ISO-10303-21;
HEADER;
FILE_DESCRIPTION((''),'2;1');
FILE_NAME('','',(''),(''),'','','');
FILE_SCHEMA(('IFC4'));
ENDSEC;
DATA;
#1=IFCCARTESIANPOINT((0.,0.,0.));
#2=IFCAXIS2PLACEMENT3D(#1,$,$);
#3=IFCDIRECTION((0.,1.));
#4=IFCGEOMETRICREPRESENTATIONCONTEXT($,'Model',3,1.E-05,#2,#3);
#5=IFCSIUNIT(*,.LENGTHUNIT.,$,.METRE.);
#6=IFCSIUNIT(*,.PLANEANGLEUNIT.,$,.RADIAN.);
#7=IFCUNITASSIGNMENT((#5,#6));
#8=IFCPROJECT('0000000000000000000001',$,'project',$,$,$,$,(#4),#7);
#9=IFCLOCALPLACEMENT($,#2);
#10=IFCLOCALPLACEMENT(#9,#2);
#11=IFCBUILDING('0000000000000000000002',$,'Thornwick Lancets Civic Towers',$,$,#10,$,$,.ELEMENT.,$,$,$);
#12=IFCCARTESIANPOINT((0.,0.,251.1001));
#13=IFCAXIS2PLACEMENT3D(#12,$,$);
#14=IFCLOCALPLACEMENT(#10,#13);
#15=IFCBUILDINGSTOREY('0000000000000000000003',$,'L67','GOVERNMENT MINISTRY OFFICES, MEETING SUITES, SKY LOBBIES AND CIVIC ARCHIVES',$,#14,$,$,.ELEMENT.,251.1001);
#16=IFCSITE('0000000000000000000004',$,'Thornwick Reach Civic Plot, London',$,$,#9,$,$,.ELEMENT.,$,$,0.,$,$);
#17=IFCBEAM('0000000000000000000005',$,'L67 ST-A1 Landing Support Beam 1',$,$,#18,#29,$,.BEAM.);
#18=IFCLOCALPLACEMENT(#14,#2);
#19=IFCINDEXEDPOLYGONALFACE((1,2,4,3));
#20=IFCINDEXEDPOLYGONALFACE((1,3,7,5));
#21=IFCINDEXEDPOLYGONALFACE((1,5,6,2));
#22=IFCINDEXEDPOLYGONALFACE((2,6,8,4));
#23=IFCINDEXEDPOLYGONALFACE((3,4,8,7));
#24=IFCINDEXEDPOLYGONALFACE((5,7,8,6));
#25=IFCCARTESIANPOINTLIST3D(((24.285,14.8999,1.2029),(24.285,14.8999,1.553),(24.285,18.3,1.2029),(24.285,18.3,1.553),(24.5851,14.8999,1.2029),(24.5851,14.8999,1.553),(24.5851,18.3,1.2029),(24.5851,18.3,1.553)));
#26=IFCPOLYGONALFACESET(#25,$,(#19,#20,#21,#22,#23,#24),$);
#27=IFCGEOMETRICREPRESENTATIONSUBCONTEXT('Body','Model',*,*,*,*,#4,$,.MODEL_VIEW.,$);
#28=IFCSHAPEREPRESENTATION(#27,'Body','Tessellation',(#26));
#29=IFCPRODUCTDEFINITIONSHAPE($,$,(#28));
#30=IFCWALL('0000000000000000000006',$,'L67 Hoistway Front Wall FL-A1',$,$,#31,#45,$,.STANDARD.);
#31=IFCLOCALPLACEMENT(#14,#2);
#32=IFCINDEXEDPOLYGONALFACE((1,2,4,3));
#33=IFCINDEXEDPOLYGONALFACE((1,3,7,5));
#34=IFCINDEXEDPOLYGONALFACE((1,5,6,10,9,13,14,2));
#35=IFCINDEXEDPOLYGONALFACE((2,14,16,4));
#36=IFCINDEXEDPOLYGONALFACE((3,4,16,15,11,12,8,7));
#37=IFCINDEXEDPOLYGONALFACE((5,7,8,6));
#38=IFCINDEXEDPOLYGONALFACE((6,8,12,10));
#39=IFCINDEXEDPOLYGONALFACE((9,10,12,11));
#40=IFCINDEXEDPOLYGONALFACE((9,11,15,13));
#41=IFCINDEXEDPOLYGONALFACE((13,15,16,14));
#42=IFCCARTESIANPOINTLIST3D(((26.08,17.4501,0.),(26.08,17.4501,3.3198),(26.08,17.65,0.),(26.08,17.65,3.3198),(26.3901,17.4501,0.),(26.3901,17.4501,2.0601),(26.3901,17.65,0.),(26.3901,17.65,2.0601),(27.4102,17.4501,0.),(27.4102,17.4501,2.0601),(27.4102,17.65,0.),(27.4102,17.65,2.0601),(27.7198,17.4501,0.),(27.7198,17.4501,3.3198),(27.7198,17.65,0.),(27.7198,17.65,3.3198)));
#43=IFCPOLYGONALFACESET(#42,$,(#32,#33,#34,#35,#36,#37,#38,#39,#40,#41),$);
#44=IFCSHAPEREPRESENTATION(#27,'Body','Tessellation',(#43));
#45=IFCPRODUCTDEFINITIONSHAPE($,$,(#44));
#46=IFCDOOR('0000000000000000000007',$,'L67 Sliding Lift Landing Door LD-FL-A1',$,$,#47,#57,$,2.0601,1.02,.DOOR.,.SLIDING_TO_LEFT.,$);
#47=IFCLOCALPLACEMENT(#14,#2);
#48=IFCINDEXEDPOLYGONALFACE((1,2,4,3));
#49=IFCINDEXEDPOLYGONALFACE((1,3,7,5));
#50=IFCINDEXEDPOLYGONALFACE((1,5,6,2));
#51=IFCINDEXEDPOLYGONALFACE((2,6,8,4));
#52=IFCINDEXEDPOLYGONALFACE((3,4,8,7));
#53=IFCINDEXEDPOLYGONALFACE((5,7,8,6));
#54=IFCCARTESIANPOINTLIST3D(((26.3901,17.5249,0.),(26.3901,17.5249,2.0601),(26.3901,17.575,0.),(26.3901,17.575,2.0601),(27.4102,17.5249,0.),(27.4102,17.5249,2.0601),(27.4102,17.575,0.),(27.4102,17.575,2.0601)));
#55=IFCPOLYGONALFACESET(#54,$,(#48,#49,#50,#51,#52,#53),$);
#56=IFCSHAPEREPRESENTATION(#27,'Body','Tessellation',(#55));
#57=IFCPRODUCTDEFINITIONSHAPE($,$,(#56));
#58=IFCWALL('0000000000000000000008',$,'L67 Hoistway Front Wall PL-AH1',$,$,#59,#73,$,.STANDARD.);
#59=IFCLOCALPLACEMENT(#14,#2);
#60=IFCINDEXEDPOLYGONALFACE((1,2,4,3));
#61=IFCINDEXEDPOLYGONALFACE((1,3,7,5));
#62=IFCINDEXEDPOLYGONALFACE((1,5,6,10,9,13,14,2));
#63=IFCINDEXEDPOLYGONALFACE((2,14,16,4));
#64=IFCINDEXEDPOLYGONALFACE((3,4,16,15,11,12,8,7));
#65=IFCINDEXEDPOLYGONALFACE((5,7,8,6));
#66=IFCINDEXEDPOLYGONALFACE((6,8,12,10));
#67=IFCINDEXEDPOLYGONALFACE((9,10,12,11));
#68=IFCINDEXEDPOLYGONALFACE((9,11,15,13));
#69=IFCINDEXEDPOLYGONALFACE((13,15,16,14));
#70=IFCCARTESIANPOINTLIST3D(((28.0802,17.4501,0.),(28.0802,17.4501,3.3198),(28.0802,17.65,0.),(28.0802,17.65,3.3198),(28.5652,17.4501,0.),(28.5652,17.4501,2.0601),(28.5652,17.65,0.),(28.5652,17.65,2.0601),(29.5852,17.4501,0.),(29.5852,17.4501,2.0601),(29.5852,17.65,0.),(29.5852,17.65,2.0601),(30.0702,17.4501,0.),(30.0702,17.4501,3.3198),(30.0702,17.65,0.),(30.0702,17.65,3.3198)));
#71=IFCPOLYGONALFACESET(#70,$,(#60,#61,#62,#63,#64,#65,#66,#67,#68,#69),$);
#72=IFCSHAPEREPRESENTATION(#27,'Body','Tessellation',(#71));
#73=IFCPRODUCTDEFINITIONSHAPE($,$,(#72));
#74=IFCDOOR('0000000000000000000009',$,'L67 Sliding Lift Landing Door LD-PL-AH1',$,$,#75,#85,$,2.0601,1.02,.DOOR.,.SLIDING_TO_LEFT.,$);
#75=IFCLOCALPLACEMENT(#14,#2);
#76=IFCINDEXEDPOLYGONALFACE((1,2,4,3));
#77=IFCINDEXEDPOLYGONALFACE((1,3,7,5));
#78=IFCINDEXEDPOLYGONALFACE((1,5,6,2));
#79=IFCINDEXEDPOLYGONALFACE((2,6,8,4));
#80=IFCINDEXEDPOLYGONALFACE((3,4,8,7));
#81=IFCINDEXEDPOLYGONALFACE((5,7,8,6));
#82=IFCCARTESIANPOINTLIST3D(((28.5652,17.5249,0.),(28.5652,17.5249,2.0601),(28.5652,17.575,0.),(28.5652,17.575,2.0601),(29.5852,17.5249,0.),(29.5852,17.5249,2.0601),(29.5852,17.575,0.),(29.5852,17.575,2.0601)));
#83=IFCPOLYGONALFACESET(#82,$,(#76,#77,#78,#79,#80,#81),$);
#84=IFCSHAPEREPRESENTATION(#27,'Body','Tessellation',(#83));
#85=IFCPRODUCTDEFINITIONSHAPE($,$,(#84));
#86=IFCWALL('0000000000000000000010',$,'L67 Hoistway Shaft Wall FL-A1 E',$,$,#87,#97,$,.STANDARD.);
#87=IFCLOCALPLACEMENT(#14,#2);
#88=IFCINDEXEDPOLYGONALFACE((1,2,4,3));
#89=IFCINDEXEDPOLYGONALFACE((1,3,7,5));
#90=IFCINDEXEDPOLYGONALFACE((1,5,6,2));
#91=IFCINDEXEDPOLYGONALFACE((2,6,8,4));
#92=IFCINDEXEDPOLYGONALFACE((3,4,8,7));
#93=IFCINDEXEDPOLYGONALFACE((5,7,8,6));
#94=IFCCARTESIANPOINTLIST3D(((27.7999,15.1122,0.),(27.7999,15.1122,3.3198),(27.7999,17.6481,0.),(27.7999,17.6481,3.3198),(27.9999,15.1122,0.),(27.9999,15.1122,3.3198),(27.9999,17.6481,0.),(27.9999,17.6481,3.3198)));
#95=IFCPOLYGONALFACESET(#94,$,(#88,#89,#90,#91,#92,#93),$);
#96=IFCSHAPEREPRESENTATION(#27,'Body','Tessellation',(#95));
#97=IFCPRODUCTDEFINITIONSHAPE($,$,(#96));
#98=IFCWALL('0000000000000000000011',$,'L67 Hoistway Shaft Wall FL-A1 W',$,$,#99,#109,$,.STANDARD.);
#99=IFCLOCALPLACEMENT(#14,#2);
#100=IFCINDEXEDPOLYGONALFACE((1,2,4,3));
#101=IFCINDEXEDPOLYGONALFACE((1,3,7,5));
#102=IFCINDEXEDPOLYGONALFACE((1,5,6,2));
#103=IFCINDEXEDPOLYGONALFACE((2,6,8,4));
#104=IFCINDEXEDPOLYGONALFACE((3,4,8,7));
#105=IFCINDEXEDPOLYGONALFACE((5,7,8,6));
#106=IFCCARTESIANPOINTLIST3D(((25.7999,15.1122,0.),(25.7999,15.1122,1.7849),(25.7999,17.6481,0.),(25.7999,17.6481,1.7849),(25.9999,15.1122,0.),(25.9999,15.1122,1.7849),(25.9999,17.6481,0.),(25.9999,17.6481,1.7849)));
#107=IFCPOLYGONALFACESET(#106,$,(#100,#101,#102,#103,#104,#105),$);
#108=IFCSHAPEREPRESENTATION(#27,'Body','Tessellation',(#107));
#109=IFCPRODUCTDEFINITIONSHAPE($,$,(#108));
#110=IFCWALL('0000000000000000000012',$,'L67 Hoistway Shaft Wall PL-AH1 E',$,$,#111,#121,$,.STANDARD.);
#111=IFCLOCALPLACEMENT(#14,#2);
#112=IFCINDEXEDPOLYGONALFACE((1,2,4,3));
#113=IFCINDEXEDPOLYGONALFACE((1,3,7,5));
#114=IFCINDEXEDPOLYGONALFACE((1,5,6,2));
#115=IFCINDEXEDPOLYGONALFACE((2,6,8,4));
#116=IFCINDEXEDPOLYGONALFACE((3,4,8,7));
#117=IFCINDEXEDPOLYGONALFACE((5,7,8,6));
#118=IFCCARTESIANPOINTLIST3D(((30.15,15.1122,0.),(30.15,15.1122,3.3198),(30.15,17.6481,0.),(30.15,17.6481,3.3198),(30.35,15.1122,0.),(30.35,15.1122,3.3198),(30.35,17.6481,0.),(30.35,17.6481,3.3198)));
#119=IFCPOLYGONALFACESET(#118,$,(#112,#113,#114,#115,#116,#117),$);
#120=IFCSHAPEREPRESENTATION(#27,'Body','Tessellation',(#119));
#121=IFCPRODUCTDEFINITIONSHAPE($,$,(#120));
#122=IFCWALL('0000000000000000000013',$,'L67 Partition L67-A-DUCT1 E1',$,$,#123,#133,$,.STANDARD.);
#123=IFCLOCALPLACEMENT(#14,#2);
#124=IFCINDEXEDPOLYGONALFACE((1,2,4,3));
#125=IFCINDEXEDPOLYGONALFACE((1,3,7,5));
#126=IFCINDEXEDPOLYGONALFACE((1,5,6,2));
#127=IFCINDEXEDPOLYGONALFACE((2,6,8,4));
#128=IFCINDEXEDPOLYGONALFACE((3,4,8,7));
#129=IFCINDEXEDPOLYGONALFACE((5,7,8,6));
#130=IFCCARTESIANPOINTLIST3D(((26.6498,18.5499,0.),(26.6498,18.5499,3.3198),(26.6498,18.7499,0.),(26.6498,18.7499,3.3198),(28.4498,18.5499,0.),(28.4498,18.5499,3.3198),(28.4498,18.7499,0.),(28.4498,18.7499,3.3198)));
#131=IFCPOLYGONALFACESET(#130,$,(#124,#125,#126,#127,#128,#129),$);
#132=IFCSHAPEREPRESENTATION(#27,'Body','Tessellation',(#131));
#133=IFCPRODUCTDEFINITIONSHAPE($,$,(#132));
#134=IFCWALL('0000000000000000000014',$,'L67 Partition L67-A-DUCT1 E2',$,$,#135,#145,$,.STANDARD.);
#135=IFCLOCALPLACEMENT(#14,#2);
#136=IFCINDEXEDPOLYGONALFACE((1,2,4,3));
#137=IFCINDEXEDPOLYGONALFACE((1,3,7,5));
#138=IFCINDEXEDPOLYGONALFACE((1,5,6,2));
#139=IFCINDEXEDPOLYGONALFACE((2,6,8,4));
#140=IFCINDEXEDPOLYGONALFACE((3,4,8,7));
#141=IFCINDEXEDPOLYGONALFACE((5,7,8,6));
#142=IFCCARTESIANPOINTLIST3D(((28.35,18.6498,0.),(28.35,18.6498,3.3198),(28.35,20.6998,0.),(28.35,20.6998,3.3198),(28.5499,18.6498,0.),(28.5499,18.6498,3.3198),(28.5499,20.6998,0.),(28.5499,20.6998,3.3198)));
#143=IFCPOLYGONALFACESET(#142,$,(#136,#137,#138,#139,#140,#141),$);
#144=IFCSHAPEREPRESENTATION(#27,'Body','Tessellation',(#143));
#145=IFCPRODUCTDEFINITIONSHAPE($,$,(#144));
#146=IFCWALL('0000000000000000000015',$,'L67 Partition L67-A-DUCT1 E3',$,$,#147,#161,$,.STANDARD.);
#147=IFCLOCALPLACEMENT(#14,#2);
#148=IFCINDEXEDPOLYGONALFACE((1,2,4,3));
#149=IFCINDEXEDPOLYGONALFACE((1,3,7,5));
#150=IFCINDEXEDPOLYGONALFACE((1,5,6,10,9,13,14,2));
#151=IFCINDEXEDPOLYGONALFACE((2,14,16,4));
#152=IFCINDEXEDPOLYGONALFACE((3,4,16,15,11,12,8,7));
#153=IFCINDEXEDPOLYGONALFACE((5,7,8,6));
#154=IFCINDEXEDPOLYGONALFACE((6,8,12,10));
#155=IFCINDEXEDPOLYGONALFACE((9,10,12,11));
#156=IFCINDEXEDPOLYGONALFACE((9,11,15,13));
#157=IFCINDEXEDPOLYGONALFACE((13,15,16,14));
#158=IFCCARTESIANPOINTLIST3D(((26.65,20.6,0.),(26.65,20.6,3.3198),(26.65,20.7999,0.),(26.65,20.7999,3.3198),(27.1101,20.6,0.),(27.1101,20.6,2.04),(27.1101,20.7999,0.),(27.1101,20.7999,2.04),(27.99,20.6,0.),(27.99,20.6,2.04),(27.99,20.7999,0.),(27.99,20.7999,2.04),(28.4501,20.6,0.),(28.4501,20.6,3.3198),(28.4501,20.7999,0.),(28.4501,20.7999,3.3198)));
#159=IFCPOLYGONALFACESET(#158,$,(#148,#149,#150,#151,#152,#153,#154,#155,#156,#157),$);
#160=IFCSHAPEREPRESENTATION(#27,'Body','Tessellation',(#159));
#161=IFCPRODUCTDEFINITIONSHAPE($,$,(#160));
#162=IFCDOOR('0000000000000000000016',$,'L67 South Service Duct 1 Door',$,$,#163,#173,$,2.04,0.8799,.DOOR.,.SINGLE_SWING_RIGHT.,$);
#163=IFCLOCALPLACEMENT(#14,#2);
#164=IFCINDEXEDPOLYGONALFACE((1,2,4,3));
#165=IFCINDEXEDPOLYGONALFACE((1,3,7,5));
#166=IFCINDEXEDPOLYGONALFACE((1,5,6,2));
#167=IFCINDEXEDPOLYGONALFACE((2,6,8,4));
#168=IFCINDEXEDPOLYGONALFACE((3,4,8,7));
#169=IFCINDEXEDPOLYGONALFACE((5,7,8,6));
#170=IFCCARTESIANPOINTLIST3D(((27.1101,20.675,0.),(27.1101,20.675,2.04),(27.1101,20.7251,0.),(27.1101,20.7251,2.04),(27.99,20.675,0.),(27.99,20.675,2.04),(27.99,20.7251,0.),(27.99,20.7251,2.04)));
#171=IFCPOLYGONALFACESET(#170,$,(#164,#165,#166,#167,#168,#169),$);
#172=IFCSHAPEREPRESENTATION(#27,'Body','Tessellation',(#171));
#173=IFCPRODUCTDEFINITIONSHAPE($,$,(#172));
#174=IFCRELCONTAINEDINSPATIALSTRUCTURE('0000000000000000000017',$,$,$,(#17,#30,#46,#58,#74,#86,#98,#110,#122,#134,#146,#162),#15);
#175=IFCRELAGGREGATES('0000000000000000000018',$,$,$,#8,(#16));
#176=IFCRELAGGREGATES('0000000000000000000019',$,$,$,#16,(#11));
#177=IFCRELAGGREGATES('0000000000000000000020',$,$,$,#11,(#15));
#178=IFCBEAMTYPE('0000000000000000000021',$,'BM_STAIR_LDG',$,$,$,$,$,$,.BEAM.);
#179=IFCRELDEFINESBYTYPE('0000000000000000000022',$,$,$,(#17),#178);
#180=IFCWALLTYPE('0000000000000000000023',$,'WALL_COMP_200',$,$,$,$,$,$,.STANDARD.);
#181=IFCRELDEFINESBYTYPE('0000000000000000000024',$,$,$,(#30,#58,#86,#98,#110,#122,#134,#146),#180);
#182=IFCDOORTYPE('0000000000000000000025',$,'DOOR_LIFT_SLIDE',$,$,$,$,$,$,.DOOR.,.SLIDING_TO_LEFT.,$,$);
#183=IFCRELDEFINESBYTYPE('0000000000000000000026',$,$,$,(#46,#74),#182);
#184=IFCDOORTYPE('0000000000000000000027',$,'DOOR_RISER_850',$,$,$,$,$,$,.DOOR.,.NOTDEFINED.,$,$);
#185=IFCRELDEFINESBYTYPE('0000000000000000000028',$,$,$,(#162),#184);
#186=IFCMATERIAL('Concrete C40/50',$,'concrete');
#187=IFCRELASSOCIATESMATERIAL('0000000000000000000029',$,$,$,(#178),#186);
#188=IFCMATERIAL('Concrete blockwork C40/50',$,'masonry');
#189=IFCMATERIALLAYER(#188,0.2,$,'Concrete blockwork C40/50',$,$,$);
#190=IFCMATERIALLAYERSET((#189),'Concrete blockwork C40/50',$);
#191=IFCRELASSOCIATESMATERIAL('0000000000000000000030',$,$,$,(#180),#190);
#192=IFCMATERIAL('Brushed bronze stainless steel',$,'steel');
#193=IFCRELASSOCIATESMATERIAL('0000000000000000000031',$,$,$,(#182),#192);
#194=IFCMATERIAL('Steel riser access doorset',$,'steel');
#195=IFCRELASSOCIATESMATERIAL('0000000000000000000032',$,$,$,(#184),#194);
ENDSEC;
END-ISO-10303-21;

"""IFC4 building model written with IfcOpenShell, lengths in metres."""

from ifc_helpers import new_model, si_unit, direction, frame, frame_2d, origin, origin_2d, place, context, subcontext, project, spatial, rectangle, extrude, material, layer, layer_set, material_profile, profile_set, type_object, element, fill, save


model = new_model("IFC4")

# Units and contexts
model_context = context("Model", 3, precision=1e-05, world=origin(), true_north=direction((0.0, 1.0)))
body_context = subcontext(model_context, "Body", "Model", "MODEL_VIEW")
ifc_project = project(units=[si_unit("LENGTHUNIT", "METRE"), si_unit("PLANEANGLEUNIT", "RADIAN")], contexts=[model_context])

# Site, building, storey
site_placement = place(None, origin())
site = spatial("IfcSite", under=ifc_project, at=site_placement, Name="Thornwick Reach Civic Plot, London", CompositionType="ELEMENT", RefElevation=0.0)
building_placement = place(site_placement, origin())
building = spatial("IfcBuilding", under=site, at=building_placement, Name="Thornwick Lancets Civic Towers", CompositionType="ELEMENT")
storey_placement = place(building_placement, frame((0.0, 0.0, 251.1001)))
storey = spatial("IfcBuildingStorey", under=building, at=storey_placement, Name="L67", Description="GOVERNMENT MINISTRY OFFICES, MEETING SUITES, SKY LOBBIES AND CIVIC ARCHIVES", CompositionType="ELEMENT", Elevation=251.1001)

# Beam
ifc_material_1 = material(Name="Concrete C40/50", Category="concrete")
ifc_material_profile = material_profile(ifc_material_1, rectangle(XDim=0.3, YDim=0.3501, at=origin_2d()), Name="RC 300x350")
ifc_profile_set = profile_set([ifc_material_profile], Name="Concrete C40/50")
beam_type = type_object("IfcBeamType", Name="BM_STAIR_LDG", PredefinedType="BEAM", material=ifc_profile_set)
beam_placement = place(storey_placement, frame((24.4351, 14.8999, 1.3779), z_axis=(0.0, 1.0, 0.0), x_axis=(-1.0, 0.0, 0.0)))
element("IfcBeam", 1, at=beam_placement, inside=storey, type_object=beam_type, Name="L67 ST-A1 Landing Support Beam 1", PredefinedType="BEAM", context=body_context, shape_type="SweptSolid", body=[
    extrude(rectangle(XDim=0.3, YDim=0.3501, at=origin_2d()), origin(), (0.0, 0.0, 1.0), 3.4001),
])

# Walls, openings, doors
ifc_material_2 = material(Name="Concrete blockwork C40/50", Category="masonry")
ifc_layer_1 = layer(ifc_material_2, 0.2, Name="Concrete blockwork C40/50")
ifc_layer_set_1 = layer_set([ifc_layer_1], Name="Concrete blockwork C40/50")
wall_type_1 = type_object("IfcWallType", Name="WALL_COMP_200", PredefinedType="STANDARD", material=ifc_layer_set_1)
wall_1_placement = place(storey_placement, frame((26.0801, 17.55, 0.0), z_axis=(0.0, 0.0, 1.0), x_axis=(1.0, 0.0, 0.0)))
wall_1 = element("IfcWall", 2, at=wall_1_placement, inside=storey, type_object=wall_type_1, Name="L67 Hoistway Front Wall FL-A1", PredefinedType="STANDARD", context=body_context, shape_type="SweptSolid", body=[
    extrude(rectangle(XDim=1.6399, YDim=0.2, at=frame_2d((0.8198, 0.0))), origin(), (0.0, 0.0, 1.0), 3.3198),
])
opening_1_placement = place(wall_1_placement, frame((0.3101, 0.0, 0.0)))
opening_1 = element("IfcOpeningElement", 3, at=opening_1_placement, cuts=wall_1, PredefinedType="OPENING", context=body_context, shape_type="SweptSolid", body=[
    extrude(rectangle(XDim=1.02, YDim=2.0601, at=frame_2d((0.51, 1.03))), frame((0.0, 0.1099, 0.0), z_axis=(0.0, -1.0, 0.0), x_axis=(1.0, 0.0, 0.0)), (0.0, 0.0, 1.0), 0.22),
])
ifc_material_3 = material(Name="Brushed bronze stainless steel", Category="steel")
door_type_1 = type_object("IfcDoorType", Name="DOOR_LIFT_SLIDE", OperationType="SLIDING_TO_LEFT", PredefinedType="DOOR", material=ifc_material_3)
door_1_placement = place(opening_1_placement, origin())
door_1 = element("IfcDoor", 4, at=door_1_placement, inside=storey, type_object=door_type_1, Name="L67 Sliding Lift Landing Door LD-FL-A1", OperationType="SLIDING_TO_LEFT", OverallHeight=2.0601, OverallWidth=1.02, PredefinedType="DOOR", context=body_context, shape_type="SweptSolid", body=[
    extrude(rectangle(XDim=1.02, YDim=2.0601, at=frame_2d((0.51, 1.03))), frame((0.0, 0.0249, 0.0), z_axis=(0.0, -1.0, 0.0), x_axis=(1.0, 0.0, 0.0)), (0.0, 0.0, 1.0), 0.05),
])
fill(opening_1, door_1)
wall_2_placement = place(storey_placement, frame((28.0801, 17.55, 0.0), z_axis=(0.0, 0.0, 1.0), x_axis=(1.0, 0.0, 0.0)))
wall_2 = element("IfcWall", 5, at=wall_2_placement, inside=storey, type_object=wall_type_1, Name="L67 Hoistway Front Wall PL-AH1", PredefinedType="STANDARD", context=body_context, shape_type="SweptSolid", body=[
    extrude(rectangle(XDim=1.99, YDim=0.2, at=frame_2d((0.9951, 0.0))), origin(), (0.0, 0.0, 1.0), 3.3198),
])
opening_2_placement = place(wall_2_placement, frame((0.4851, 0.0, 0.0)))
opening_2 = element("IfcOpeningElement", 6, at=opening_2_placement, cuts=wall_2, PredefinedType="OPENING", context=body_context, shape_type="SweptSolid", body=[
    extrude(rectangle(XDim=1.02, YDim=2.0601, at=frame_2d((0.51, 1.03))), frame((0.0, 0.1099, 0.0), z_axis=(0.0, -1.0, 0.0), x_axis=(1.0, 0.0, 0.0)), (0.0, 0.0, 1.0), 0.22),
])
door_2_placement = place(opening_2_placement, origin())
door_2 = element("IfcDoor", 7, at=door_2_placement, inside=storey, type_object=door_type_1, Name="L67 Sliding Lift Landing Door LD-PL-AH1", OperationType="SLIDING_TO_LEFT", OverallHeight=2.0601, OverallWidth=1.02, PredefinedType="DOOR", context=body_context, shape_type="SweptSolid", body=[
    extrude(rectangle(XDim=1.02, YDim=2.0601, at=frame_2d((0.51, 1.03))), frame((0.0, 0.0249, 0.0), z_axis=(0.0, -1.0, 0.0), x_axis=(1.0, 0.0, 0.0)), (0.0, 0.0, 1.0), 0.05),
])
fill(opening_2, door_2)

# Walls
wall_3_placement = place(storey_placement, frame((27.8999, 15.1121, 0.0), z_axis=(0.0, 0.0, 1.0), x_axis=(0.0, 1.0, 0.0)))
element("IfcWall", 8, at=wall_3_placement, inside=storey, type_object=wall_type_1, Name="L67 Hoistway Shaft Wall FL-A1 E", PredefinedType="STANDARD", context=body_context, shape_type="SweptSolid", body=[
    extrude(rectangle(XDim=2.5359, YDim=0.2, at=frame_2d((1.2681, 0.0))), origin(), (0.0, 0.0, 1.0), 3.3198),
])
wall_4_placement = place(storey_placement, frame((25.8999, 15.1121, 0.0), z_axis=(0.0, 0.0, 1.0), x_axis=(0.0, 1.0, 0.0)))
element("IfcWall", 9, at=wall_4_placement, inside=storey, type_object=wall_type_1, Name="L67 Hoistway Shaft Wall FL-A1 W", PredefinedType="STANDARD", context=body_context, shape_type="SweptSolid", body=[
    extrude(rectangle(XDim=2.5359, YDim=0.2, at=frame_2d((1.2681, 0.0))), origin(), (0.0, 0.0, 1.0), 1.7849),
])
wall_5_placement = place(storey_placement, frame((30.25, 15.1121, 0.0), z_axis=(0.0, 0.0, 1.0), x_axis=(0.0, 1.0, 0.0)))
element("IfcWall", 10, at=wall_5_placement, inside=storey, type_object=wall_type_1, Name="L67 Hoistway Shaft Wall PL-AH1 E", PredefinedType="STANDARD", context=body_context, shape_type="SweptSolid", body=[
    extrude(rectangle(XDim=2.5359, YDim=0.2, at=frame_2d((1.2681, 0.0))), origin(), (0.0, 0.0, 1.0), 3.3198),
])
wall_6_placement = place(storey_placement, frame((26.6499, 18.6499, 0.0), z_axis=(0.0, 0.0, 1.0), x_axis=(1.0, 0.0, 0.0)))
element("IfcWall", 11, at=wall_6_placement, inside=storey, type_object=wall_type_1, Name="L67 Partition L67-A-DUCT1 E1", PredefinedType="STANDARD", context=body_context, shape_type="SweptSolid", body=[
    extrude(rectangle(XDim=1.8, YDim=0.2, at=frame_2d((0.8999, 0.0))), origin(), (0.0, 0.0, 1.0), 3.3198),
])
wall_7_placement = place(storey_placement, frame((28.45, 18.6499, 0.0), z_axis=(0.0, 0.0, 1.0), x_axis=(0.0, 1.0, 0.0)))
element("IfcWall", 12, at=wall_7_placement, inside=storey, type_object=wall_type_1, Name="L67 Partition L67-A-DUCT1 E2", PredefinedType="STANDARD", context=body_context, shape_type="SweptSolid", body=[
    extrude(rectangle(XDim=2.05, YDim=0.2, at=frame_2d((1.0249, 0.0))), origin(), (0.0, 0.0, 1.0), 3.3198),
])

# Wall, opening, door
wall_8_placement = place(storey_placement, frame((28.45, 20.7, 0.0), z_axis=(0.0, 0.0, 1.0), x_axis=(-1.0, 0.0, 0.0)))
wall_8 = element("IfcWall", 13, at=wall_8_placement, inside=storey, type_object=wall_type_1, Name="L67 Partition L67-A-DUCT1 E3", PredefinedType="STANDARD", context=body_context, shape_type="SweptSolid", body=[
    extrude(rectangle(XDim=1.8, YDim=0.2, at=frame_2d((0.8999, 0.0))), origin(), (0.0, 0.0, 1.0), 3.3198),
])
opening_3_placement = place(wall_8_placement, frame((0.46, 0.0, 0.0)))
opening_3 = element("IfcOpeningElement", 14, at=opening_3_placement, cuts=wall_8, PredefinedType="OPENING", context=body_context, shape_type="SweptSolid", body=[
    extrude(rectangle(XDim=0.8799, YDim=2.04, at=frame_2d((0.4399, 1.02))), frame((0.0, 0.1099, 0.0), z_axis=(0.0, -1.0, 0.0), x_axis=(1.0, 0.0, 0.0)), (0.0, 0.0, 1.0), 0.22),
])
ifc_material_4 = material(Name="Steel riser access doorset", Category="steel")
door_type_2 = type_object("IfcDoorType", Name="DOOR_RISER_850", OperationType="NOTDEFINED", PredefinedType="DOOR", material=ifc_material_4)
door_3_placement = place(opening_3_placement, origin())
door_3 = element("IfcDoor", 15, at=door_3_placement, inside=storey, type_object=door_type_2, Name="L67 South Service Duct 1 Door", OperationType="SINGLE_SWING_RIGHT", OverallHeight=2.04, OverallWidth=0.8799, PredefinedType="DOOR", context=body_context, shape_type="SweptSolid", body=[
    extrude(rectangle(XDim=0.8799, YDim=2.04, at=frame_2d((0.4399, 1.02))), frame((0.0, 0.0249, 0.0), z_axis=(0.0, -1.0, 0.0), x_axis=(1.0, 0.0, 0.0)), (0.0, 0.0, 1.0), 0.05),
])
fill(opening_3, door_3)

save(model, "model.ifc")
